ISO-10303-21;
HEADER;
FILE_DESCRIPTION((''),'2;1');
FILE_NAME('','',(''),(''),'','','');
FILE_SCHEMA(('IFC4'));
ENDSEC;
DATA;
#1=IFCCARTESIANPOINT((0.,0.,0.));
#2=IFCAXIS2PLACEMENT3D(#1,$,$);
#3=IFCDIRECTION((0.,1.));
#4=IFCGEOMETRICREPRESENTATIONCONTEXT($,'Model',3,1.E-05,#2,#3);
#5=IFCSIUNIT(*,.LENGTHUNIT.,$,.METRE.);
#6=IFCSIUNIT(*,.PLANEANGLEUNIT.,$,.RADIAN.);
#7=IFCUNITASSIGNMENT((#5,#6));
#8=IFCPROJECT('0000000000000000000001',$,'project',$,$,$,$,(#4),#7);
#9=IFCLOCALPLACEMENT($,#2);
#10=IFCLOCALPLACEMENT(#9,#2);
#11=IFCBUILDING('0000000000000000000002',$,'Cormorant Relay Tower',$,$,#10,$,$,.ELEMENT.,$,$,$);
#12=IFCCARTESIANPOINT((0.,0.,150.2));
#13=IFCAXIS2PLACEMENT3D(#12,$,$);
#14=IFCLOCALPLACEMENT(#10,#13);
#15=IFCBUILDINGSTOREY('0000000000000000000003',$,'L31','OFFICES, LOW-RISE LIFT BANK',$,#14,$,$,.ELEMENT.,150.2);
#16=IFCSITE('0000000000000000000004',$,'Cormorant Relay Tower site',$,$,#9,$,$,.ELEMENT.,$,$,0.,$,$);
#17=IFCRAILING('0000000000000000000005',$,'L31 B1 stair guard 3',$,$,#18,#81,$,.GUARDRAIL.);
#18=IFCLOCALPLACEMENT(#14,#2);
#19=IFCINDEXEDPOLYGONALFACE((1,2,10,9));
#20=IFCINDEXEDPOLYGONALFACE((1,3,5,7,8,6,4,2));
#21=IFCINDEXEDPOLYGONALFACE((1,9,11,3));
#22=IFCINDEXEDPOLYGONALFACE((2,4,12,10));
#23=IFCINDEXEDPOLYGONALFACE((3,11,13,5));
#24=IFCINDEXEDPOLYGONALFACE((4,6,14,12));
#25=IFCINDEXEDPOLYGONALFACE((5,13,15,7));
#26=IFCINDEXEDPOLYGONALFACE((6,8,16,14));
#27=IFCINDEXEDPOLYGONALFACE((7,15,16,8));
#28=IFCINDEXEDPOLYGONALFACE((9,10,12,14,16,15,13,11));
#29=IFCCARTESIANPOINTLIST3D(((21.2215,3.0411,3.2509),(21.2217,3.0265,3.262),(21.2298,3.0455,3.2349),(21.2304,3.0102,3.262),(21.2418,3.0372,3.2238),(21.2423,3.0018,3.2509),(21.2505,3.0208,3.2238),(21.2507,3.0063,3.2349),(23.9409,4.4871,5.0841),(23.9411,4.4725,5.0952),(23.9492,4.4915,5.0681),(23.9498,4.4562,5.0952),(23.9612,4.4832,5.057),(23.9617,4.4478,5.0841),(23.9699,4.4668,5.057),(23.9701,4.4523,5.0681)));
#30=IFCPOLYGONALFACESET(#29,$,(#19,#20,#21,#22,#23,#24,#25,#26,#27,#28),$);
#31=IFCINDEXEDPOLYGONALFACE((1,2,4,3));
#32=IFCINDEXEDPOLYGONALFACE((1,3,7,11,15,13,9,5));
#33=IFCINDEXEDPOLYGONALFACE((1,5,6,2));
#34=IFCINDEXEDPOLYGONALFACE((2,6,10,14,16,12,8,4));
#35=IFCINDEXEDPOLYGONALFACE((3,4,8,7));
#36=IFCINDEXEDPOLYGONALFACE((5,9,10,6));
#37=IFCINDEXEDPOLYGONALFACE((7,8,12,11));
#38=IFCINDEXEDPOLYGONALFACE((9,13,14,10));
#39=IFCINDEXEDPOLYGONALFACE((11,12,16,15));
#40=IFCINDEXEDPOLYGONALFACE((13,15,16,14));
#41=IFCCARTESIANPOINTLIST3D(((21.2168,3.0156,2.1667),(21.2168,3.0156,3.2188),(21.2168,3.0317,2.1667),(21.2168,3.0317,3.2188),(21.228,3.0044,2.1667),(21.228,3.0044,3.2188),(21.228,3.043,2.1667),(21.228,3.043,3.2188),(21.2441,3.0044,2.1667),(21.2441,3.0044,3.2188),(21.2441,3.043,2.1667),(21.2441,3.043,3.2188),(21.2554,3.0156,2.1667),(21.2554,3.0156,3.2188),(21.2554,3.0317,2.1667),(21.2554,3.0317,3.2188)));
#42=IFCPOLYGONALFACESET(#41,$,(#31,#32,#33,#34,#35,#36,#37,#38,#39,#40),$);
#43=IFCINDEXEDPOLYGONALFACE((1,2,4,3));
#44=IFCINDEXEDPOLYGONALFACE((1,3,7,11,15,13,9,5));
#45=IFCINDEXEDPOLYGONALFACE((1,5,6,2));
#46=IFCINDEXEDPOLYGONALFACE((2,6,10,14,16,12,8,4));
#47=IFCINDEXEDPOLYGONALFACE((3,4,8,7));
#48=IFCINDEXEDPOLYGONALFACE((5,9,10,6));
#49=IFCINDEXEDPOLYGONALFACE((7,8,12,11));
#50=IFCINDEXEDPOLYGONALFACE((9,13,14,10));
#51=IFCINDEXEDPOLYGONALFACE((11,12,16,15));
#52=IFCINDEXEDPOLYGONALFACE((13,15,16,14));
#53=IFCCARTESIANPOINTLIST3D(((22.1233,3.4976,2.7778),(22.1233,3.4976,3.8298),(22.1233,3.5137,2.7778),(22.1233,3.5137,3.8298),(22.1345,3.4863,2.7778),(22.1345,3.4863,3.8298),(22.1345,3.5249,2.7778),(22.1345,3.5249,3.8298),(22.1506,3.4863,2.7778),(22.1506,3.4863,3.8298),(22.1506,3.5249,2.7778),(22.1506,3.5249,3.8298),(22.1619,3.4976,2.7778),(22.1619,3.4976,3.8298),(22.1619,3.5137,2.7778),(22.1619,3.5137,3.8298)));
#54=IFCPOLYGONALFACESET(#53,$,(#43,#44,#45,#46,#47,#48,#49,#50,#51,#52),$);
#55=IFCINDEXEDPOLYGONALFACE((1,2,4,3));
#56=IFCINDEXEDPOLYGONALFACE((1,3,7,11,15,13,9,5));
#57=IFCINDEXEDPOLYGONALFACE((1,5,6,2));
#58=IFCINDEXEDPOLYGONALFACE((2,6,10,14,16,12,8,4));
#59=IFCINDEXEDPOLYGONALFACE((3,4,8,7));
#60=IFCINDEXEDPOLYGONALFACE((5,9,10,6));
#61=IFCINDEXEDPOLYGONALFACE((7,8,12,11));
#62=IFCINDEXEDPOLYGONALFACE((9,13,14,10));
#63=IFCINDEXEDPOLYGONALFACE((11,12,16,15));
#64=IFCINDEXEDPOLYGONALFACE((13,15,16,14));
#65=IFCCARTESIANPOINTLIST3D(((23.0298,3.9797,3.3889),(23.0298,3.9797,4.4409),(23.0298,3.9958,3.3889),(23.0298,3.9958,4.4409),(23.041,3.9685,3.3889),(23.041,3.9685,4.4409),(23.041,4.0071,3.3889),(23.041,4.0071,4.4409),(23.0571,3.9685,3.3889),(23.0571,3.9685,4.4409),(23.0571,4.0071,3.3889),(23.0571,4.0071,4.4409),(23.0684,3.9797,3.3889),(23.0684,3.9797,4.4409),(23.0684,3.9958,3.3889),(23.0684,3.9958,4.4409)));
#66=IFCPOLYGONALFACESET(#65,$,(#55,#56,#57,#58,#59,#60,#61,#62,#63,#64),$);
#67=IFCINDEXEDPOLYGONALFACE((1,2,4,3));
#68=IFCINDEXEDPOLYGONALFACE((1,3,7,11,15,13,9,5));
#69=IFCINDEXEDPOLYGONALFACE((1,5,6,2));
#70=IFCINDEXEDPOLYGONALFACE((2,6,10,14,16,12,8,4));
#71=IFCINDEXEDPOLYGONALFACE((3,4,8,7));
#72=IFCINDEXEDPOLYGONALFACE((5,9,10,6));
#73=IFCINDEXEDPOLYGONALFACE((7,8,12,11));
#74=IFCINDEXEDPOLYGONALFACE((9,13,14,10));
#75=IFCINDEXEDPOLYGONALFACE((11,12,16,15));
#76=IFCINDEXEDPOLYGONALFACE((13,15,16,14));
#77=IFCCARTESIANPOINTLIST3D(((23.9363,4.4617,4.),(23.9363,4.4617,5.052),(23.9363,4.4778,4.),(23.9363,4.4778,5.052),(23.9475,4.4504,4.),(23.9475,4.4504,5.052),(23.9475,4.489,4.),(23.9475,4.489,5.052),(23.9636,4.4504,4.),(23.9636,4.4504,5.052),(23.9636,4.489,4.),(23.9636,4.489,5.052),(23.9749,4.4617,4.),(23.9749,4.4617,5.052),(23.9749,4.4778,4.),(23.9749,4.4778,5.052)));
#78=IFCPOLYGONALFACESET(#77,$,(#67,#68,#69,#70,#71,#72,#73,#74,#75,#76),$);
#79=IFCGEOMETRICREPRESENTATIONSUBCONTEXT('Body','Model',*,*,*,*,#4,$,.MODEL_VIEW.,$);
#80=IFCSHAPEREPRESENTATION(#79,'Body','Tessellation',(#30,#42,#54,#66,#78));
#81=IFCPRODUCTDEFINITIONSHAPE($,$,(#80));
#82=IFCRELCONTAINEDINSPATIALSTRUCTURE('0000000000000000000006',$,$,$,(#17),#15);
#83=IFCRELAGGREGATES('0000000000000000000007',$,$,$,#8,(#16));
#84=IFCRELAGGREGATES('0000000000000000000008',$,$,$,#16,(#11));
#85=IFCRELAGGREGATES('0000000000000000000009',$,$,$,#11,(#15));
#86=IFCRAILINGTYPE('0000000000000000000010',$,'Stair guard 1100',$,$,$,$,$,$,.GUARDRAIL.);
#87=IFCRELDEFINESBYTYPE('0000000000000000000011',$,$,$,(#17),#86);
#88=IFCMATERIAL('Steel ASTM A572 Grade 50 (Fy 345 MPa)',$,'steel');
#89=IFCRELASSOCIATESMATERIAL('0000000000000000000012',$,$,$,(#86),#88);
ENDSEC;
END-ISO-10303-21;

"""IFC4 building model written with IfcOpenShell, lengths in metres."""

from ifc_helpers import new_model, si_unit, direction, frame, origin, place, context, subcontext, project, spatial, polyline, outline, extrude, material, type_object, element, save


model = new_model("IFC4")

# Units and contexts
model_context = context("Model", 3, precision=1e-05, world=origin(), true_north=direction((0.0, 1.0)))
body_context = subcontext(model_context, "Body", "Model", "MODEL_VIEW")
ifc_project = project(units=[si_unit("LENGTHUNIT", "METRE"), si_unit("PLANEANGLEUNIT", "RADIAN")], contexts=[model_context])

# Site, building, storey
site_placement = place(None, origin())
site = spatial("IfcSite", under=ifc_project, at=site_placement, Name="Cormorant Relay Tower site", CompositionType="ELEMENT", RefElevation=0.0)
building_placement = place(site_placement, origin())
building = spatial("IfcBuilding", under=site, at=building_placement, Name="Cormorant Relay Tower", CompositionType="ELEMENT")
storey_placement = place(building_placement, frame((0.0, 0.0, 150.2)))
storey = spatial("IfcBuildingStorey", under=building, at=storey_placement, Name="L31", Description="OFFICES, LOW-RISE LIFT BANK", CompositionType="ELEMENT", Elevation=150.2)

# Railing
ifc_material_1 = material(Name="Steel ASTM A572 Grade 50 (Fy 345 MPa)", Category="steel")
railing_type = type_object("IfcRailingType", Name="Stair guard 1100", PredefinedType="GUARDRAIL", material=ifc_material_1)
railing_1_placement = place(storey_placement, frame((21.2361, 3.0237, 2.1667)))
element("IfcRailing", 1, at=railing_1_placement, inside=storey, type_object=railing_type, Name="L31 B1 stair guard 3", PredefinedType="GUARDRAIL", context=body_context, shape_type="SweptSolid", body=[
    extrude(outline(polyline([(0.0222, 0.0093), (0.0093, 0.0222), (-0.0093, 0.0222), (-0.0222, 0.0093), (-0.0222, -0.0093), (-0.0093, -0.0222), (0.0093, -0.0222), (0.0222, -0.0093), (0.0222, 0.0093)])), frame((0.0, 0.0, 1.0762), z_axis=(0.758714, 0.403435, 0.511463), x_axis=(-0.469489, 0.882938, 0.0)), (0.0, 0.0, 1.0), 3.5842),
    extrude(outline(polyline([(0.0193, 0.0081), (0.0081, 0.0193), (-0.0081, 0.0193), (-0.0193, 0.0081), (-0.0193, -0.0081), (-0.0081, -0.0193), (0.0081, -0.0193), (0.0193, -0.0081), (0.0193, 0.0081)])), origin(), (0.0, 0.0, 1.0), 1.052),
    extrude(outline(polyline([(0.0193, 0.0081), (0.0081, 0.0193), (-0.0081, 0.0193), (-0.0193, 0.0081), (-0.0193, -0.0081), (-0.0081, -0.0193), (0.0081, -0.0193), (0.0193, -0.0081), (0.0193, 0.0081)])), frame((0.9065, 0.4819, 0.6111)), (0.0, 0.0, 1.0), 1.052),
    extrude(outline(polyline([(0.0193, 0.0081), (0.0081, 0.0193), (-0.0081, 0.0193), (-0.0193, 0.0081), (-0.0193, -0.0081), (-0.0081, -0.0193), (0.0081, -0.0193), (0.0193, -0.0081), (0.0193, 0.0081)])), frame((1.813, 0.9641, 1.2222)), (0.0, 0.0, 1.0), 1.052),
    extrude(outline(polyline([(0.0193, 0.0081), (0.0081, 0.0193), (-0.0081, 0.0193), (-0.0193, 0.0081), (-0.0193, -0.0081), (-0.0081, -0.0193), (0.0081, -0.0193), (0.0193, -0.0081), (0.0193, 0.0081)])), frame((2.7195, 1.446, 1.8333)), (0.0, 0.0, 1.0), 1.052),
])

save(model, "model.ifc")
